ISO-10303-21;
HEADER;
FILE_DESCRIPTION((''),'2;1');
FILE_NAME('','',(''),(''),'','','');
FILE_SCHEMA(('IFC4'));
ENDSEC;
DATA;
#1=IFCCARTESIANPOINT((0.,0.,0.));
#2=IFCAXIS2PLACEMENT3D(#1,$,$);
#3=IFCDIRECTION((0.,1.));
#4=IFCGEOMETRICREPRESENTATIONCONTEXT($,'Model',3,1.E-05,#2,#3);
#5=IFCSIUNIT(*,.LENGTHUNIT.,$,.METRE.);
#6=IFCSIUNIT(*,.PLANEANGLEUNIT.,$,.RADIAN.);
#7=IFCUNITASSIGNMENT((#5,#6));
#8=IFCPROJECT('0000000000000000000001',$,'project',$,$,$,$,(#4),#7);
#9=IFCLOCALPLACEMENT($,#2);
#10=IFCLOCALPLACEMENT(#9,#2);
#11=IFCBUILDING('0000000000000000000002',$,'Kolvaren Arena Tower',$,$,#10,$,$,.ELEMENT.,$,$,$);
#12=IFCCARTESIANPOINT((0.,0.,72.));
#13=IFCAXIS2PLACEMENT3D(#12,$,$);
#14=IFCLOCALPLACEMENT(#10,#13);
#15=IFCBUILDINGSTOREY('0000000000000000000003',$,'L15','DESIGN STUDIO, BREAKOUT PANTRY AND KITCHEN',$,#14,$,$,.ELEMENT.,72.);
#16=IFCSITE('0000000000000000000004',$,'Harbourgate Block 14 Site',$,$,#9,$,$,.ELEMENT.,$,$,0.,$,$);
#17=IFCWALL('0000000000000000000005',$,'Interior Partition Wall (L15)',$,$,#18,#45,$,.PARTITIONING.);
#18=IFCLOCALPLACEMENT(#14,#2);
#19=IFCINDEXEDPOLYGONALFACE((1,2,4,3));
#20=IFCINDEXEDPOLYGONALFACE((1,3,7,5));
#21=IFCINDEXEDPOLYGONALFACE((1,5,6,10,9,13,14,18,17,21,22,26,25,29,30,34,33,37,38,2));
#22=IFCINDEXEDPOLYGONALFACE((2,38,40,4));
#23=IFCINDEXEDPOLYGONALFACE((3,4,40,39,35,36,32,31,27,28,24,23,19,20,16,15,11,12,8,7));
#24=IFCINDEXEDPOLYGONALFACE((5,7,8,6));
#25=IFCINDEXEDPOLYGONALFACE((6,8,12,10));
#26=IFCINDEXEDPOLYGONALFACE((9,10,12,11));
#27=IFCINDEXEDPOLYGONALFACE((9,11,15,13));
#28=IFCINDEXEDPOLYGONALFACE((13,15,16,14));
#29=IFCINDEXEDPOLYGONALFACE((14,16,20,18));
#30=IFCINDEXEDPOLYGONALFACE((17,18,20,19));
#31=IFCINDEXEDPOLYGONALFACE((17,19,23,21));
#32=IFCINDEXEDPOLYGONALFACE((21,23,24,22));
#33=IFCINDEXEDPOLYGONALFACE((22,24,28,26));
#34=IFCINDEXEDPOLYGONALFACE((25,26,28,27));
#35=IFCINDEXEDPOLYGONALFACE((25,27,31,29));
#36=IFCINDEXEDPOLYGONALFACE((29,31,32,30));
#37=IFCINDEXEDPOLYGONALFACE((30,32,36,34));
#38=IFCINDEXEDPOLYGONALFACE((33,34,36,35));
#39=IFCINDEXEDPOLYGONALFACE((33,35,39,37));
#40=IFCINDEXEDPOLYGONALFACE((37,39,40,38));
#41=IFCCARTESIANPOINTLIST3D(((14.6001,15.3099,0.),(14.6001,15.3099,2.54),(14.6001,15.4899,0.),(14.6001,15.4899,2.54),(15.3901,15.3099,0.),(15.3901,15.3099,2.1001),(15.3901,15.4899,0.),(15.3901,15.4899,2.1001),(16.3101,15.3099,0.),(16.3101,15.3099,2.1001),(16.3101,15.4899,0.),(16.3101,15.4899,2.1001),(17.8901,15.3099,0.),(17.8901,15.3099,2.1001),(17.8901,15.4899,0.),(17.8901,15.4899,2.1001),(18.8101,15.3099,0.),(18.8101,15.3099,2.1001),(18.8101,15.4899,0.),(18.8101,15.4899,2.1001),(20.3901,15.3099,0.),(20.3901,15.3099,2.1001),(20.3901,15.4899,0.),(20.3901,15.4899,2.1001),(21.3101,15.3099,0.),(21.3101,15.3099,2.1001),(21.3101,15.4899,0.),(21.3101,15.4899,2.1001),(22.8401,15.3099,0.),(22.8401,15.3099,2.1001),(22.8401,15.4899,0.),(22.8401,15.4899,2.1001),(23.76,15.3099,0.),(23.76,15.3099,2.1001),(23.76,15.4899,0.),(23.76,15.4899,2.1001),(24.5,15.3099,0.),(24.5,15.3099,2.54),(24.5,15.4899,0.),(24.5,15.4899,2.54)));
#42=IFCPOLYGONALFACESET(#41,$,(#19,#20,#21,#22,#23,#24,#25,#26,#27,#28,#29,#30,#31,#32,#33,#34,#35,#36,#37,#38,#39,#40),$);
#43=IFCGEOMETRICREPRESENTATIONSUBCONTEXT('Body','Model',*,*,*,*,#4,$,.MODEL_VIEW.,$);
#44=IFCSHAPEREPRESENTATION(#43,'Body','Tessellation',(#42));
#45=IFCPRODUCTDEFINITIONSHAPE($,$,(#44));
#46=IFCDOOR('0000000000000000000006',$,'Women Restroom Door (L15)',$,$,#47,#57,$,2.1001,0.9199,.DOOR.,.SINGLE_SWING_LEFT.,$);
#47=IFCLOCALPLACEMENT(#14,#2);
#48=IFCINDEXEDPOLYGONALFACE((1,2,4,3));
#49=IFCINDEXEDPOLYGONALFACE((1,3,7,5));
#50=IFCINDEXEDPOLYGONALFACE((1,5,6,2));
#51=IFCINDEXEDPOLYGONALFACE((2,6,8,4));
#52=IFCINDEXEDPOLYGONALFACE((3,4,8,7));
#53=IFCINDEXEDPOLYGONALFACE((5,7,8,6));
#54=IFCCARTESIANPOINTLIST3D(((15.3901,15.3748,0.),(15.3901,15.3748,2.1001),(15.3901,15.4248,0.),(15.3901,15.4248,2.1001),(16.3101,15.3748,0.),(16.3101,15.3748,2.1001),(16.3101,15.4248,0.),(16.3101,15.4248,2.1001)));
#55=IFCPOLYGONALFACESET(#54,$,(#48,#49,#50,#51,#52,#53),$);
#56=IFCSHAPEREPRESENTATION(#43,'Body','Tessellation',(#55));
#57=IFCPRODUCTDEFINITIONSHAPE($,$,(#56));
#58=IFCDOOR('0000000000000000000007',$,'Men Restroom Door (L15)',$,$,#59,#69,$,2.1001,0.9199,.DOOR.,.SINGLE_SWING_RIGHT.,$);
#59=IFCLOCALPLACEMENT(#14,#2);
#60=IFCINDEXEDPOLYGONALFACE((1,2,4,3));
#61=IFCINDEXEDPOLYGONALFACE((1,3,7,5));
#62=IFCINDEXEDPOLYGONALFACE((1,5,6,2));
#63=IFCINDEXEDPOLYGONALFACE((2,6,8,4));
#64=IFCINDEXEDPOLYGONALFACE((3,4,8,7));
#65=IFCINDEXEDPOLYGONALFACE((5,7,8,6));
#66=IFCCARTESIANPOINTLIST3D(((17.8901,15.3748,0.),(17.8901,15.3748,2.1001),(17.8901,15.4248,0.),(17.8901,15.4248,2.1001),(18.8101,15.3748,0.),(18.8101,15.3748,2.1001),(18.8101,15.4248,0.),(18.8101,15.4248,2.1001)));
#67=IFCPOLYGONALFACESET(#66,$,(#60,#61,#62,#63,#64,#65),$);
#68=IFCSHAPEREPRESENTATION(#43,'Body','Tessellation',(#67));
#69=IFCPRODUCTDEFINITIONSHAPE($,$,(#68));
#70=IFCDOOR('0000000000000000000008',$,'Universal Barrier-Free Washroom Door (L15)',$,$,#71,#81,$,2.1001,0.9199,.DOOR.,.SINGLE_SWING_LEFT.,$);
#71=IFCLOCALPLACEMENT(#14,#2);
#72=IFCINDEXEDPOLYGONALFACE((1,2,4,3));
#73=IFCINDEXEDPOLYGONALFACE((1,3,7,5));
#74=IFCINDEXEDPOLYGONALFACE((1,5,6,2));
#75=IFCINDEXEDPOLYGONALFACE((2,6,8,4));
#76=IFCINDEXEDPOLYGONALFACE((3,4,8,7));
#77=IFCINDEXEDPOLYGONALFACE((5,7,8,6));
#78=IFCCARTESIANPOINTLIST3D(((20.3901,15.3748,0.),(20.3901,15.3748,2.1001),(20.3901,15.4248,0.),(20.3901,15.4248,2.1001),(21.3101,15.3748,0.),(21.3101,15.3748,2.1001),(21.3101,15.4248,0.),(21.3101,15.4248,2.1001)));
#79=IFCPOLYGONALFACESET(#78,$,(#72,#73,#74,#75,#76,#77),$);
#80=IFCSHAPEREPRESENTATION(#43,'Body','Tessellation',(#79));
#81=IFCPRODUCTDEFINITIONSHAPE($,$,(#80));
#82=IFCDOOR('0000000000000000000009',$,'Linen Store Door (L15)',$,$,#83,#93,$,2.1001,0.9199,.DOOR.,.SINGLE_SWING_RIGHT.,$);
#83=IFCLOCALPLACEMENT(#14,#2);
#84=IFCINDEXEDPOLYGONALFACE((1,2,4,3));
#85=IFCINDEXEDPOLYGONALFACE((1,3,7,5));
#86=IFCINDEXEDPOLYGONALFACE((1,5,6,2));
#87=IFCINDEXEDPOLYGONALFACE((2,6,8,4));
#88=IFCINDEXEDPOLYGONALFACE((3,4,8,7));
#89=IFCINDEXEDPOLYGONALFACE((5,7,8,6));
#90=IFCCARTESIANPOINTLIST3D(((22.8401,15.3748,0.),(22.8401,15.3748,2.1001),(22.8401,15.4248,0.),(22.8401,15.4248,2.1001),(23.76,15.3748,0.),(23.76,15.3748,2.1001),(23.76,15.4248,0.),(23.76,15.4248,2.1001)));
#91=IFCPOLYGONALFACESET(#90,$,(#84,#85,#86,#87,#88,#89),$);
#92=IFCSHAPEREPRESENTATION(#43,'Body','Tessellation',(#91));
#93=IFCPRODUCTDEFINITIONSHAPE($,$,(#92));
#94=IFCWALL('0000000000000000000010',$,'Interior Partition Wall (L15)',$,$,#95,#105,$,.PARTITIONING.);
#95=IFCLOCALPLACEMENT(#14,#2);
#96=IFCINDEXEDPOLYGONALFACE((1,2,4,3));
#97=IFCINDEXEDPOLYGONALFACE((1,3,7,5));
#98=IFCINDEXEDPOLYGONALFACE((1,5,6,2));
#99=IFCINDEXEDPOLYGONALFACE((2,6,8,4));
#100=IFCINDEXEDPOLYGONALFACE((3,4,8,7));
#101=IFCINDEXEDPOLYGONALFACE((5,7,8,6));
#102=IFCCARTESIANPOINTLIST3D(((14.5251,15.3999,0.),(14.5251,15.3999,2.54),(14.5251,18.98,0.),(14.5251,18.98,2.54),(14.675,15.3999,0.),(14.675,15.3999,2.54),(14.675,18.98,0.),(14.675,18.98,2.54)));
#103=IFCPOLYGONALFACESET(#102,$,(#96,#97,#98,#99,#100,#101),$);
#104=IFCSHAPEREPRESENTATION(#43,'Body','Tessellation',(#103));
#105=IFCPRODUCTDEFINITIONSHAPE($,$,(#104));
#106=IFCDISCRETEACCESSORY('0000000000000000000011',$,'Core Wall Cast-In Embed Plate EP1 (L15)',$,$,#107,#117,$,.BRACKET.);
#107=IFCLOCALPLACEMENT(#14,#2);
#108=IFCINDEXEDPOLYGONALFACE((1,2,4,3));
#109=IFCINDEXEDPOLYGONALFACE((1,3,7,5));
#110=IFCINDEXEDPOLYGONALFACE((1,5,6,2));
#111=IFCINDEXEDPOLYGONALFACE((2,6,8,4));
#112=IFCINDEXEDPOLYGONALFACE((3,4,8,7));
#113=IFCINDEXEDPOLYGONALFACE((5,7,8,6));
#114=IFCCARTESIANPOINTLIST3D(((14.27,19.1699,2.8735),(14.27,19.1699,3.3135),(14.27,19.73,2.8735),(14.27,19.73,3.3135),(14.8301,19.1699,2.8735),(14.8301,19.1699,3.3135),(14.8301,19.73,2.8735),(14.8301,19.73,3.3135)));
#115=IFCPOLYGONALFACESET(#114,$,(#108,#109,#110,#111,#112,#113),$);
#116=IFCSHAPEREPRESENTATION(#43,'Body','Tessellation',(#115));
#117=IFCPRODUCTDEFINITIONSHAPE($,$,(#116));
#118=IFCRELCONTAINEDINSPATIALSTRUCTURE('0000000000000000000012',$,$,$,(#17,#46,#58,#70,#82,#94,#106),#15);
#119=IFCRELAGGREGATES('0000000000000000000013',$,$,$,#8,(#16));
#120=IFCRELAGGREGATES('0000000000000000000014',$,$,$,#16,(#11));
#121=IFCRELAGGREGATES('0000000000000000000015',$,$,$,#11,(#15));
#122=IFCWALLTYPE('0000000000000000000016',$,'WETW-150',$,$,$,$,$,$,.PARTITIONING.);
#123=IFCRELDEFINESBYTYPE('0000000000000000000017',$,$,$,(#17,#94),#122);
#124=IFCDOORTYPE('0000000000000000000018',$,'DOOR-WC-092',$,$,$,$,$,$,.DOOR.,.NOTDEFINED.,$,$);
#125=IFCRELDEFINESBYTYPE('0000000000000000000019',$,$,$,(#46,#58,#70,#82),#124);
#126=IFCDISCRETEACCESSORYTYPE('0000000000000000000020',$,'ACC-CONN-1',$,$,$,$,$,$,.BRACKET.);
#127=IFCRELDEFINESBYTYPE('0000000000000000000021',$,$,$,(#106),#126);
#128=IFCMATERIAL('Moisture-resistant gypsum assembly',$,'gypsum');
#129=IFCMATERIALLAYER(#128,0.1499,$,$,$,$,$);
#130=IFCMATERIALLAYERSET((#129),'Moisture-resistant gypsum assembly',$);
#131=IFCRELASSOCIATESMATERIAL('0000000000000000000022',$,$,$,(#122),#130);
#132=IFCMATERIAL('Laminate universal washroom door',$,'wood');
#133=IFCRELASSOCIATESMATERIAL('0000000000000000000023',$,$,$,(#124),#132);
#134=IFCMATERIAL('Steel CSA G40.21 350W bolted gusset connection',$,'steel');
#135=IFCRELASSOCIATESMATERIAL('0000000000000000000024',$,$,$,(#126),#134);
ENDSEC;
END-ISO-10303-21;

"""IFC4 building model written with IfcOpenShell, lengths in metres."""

from ifc_helpers import new_model, si_unit, direction, frame, frame_2d, origin, origin_2d, place, context, subcontext, project, spatial, rectangle, extrude, material, layer, layer_set, type_object, element, fill, save


model = new_model("IFC4")

# Units and contexts
model_context = context("Model", 3, precision=1e-05, world=origin(), true_north=direction((0.0, 1.0)))
body_context = subcontext(model_context, "Body", "Model", "MODEL_VIEW")
ifc_project = project(units=[si_unit("LENGTHUNIT", "METRE"), si_unit("PLANEANGLEUNIT", "RADIAN")], contexts=[model_context])

# Site, building, storey
site_placement = place(None, origin())
site = spatial("IfcSite", under=ifc_project, at=site_placement, Name="Harbourgate Block 14 Site", CompositionType="ELEMENT", RefElevation=0.0)
building_placement = place(site_placement, origin())
building = spatial("IfcBuilding", under=site, at=building_placement, Name="Kolvaren Arena Tower", CompositionType="ELEMENT")
storey_placement = place(building_placement, frame((0.0, 0.0, 72.0)))
storey = spatial("IfcBuildingStorey", under=building, at=storey_placement, Name="L15", Description="DESIGN STUDIO, BREAKOUT PANTRY AND KITCHEN", CompositionType="ELEMENT", Elevation=72.0)

# Wall, openings, doors
ifc_material_1 = material(Name="Moisture-resistant gypsum assembly", Category="gypsum")
ifc_layer_1 = layer(ifc_material_1, 0.1499)
ifc_layer_set_1 = layer_set([ifc_layer_1], Name="Moisture-resistant gypsum assembly")
wall_type_1 = type_object("IfcWallType", Name="WETW-150", PredefinedType="PARTITIONING", material=ifc_layer_set_1)
wall_1_placement = place(storey_placement, frame((14.6001, 15.3999, 0.0), z_axis=(0.0, 0.0, 1.0), x_axis=(1.0, 0.0, 0.0)))
wall_1 = element("IfcWall", 1, at=wall_1_placement, inside=storey, type_object=wall_type_1, Name="Interior Partition Wall (L15)", PredefinedType="PARTITIONING", context=body_context, shape_type="SweptSolid", body=[
    extrude(rectangle(XDim=9.8999, YDim=0.1799, at=frame_2d((4.95, 0.0))), origin(), (0.0, 0.0, 1.0), 2.54),
])
opening_1_placement = place(wall_1_placement, frame((0.79, 0.0, 0.0)))
opening_1 = element("IfcOpeningElement", 2, at=opening_1_placement, cuts=wall_1, PredefinedType="OPENING", context=body_context, shape_type="SweptSolid", body=[
    extrude(rectangle(XDim=0.9199, YDim=2.1001, at=frame_2d((0.46, 1.05))), frame((0.0, 0.0999, 0.0), z_axis=(0.0, -1.0, 0.0), x_axis=(1.0, 0.0, 0.0)), (0.0, 0.0, 1.0), 0.2),
])
opening_2_placement = place(wall_1_placement, frame((3.29, 0.0, 0.0)))
opening_2 = element("IfcOpeningElement", 3, at=opening_2_placement, cuts=wall_1, PredefinedType="OPENING", context=body_context, shape_type="SweptSolid", body=[
    extrude(rectangle(XDim=0.9199, YDim=2.1001, at=frame_2d((0.46, 1.05))), frame((0.0, 0.0999, 0.0), z_axis=(0.0, -1.0, 0.0), x_axis=(1.0, 0.0, 0.0)), (0.0, 0.0, 1.0), 0.2),
])
opening_3_placement = place(wall_1_placement, frame((5.79, 0.0, 0.0)))
opening_3 = element("IfcOpeningElement", 4, at=opening_3_placement, cuts=wall_1, PredefinedType="OPENING", context=body_context, shape_type="SweptSolid", body=[
    extrude(rectangle(XDim=0.9199, YDim=2.1001, at=frame_2d((0.46, 1.05))), frame((0.0, 0.0999, 0.0), z_axis=(0.0, -1.0, 0.0), x_axis=(1.0, 0.0, 0.0)), (0.0, 0.0, 1.0), 0.2),
])
opening_4_placement = place(wall_1_placement, frame((8.24, 0.0, 0.0)))
opening_4 = element("IfcOpeningElement", 5, at=opening_4_placement, cuts=wall_1, PredefinedType="OPENING", context=body_context, shape_type="SweptSolid", body=[
    extrude(rectangle(XDim=0.9199, YDim=2.1001, at=frame_2d((0.46, 1.05))), frame((0.0, 0.0999, 0.0), z_axis=(0.0, -1.0, 0.0), x_axis=(1.0, 0.0, 0.0)), (0.0, 0.0, 1.0), 0.2),
])
ifc_material_2 = material(Name="Laminate universal washroom door", Category="wood")
door_type = type_object("IfcDoorType", Name="DOOR-WC-092", OperationType="NOTDEFINED", PredefinedType="DOOR", material=ifc_material_2)
door_1_placement = place(opening_1_placement, origin())
door_1 = element("IfcDoor", 6, at=door_1_placement, inside=storey, type_object=door_type, Name="Women Restroom Door (L15)", OperationType="SINGLE_SWING_LEFT", OverallHeight=2.1001, OverallWidth=0.9199, PredefinedType="DOOR", context=body_context, shape_type="SweptSolid", body=[
    extrude(rectangle(XDim=0.9199, YDim=2.1001, at=frame_2d((0.46, 1.05))), frame((0.0, 0.0249, 0.0), z_axis=(0.0, -1.0, 0.0), x_axis=(1.0, 0.0, 0.0)), (0.0, 0.0, 1.0), 0.05),
])
fill(opening_1, door_1)
door_2_placement = place(opening_2_placement, origin())
door_2 = element("IfcDoor", 7, at=door_2_placement, inside=storey, type_object=door_type, Name="Men Restroom Door (L15)", OperationType="SINGLE_SWING_RIGHT", OverallHeight=2.1001, OverallWidth=0.9199, PredefinedType="DOOR", context=body_context, shape_type="SweptSolid", body=[
    extrude(rectangle(XDim=0.9199, YDim=2.1001, at=frame_2d((0.46, 1.05))), frame((0.0, 0.0249, 0.0), z_axis=(0.0, -1.0, 0.0), x_axis=(1.0, 0.0, 0.0)), (0.0, 0.0, 1.0), 0.05),
])
fill(opening_2, door_2)
door_3_placement = place(opening_3_placement, origin())
door_3 = element("IfcDoor", 8, at=door_3_placement, inside=storey, type_object=door_type, Name="Universal Barrier-Free Washroom Door (L15)", OperationType="SINGLE_SWING_LEFT", OverallHeight=2.1001, OverallWidth=0.9199, PredefinedType="DOOR", context=body_context, shape_type="SweptSolid", body=[
    extrude(rectangle(XDim=0.9199, YDim=2.1001, at=frame_2d((0.46, 1.05))), frame((0.0, 0.0249, 0.0), z_axis=(0.0, -1.0, 0.0), x_axis=(1.0, 0.0, 0.0)), (0.0, 0.0, 1.0), 0.05),
])
fill(opening_3, door_3)
door_4_placement = place(opening_4_placement, origin())
door_4 = element("IfcDoor", 9, at=door_4_placement, inside=storey, type_object=door_type, Name="Linen Store Door (L15)", OperationType="SINGLE_SWING_RIGHT", OverallHeight=2.1001, OverallWidth=0.9199, PredefinedType="DOOR", context=body_context, shape_type="SweptSolid", body=[
    extrude(rectangle(XDim=0.9199, YDim=2.1001, at=frame_2d((0.46, 1.05))), frame((0.0, 0.0249, 0.0), z_axis=(0.0, -1.0, 0.0), x_axis=(1.0, 0.0, 0.0)), (0.0, 0.0, 1.0), 0.05),
])
fill(opening_4, door_4)

# Wall
wall_2_placement = place(storey_placement, frame((14.6001, 15.3999, 0.0), z_axis=(0.0, 0.0, 1.0), x_axis=(0.0, 1.0, 0.0)))
element("IfcWall", 10, at=wall_2_placement, inside=storey, type_object=wall_type_1, Name="Interior Partition Wall (L15)", PredefinedType="PARTITIONING", context=body_context, shape_type="SweptSolid", body=[
    extrude(rectangle(XDim=3.5801, YDim=0.1499, at=frame_2d((1.79, 0.0))), origin(), (0.0, 0.0, 1.0), 2.54),
])

# Discrete accessory
ifc_material_3 = material(Name="Steel CSA G40.21 350W bolted gusset connection", Category="steel")
discrete_accessory_type = type_object("IfcDiscreteAccessoryType", Name="ACC-CONN-1", PredefinedType="BRACKET", material=ifc_material_3)
discrete_accessory_placement = place(storey_placement, frame((14.55, 19.45, 2.8735), z_axis=(0.0, 0.0, 1.0), x_axis=(1.0, 0.0, 0.0)))
element("IfcDiscreteAccessory", 11, at=discrete_accessory_placement, inside=storey, type_object=discrete_accessory_type, Name="Core Wall Cast-In Embed Plate EP1 (L15)", PredefinedType="BRACKET", context=body_context, shape_type="SweptSolid", body=[
    extrude(rectangle(XDim=0.5601, YDim=0.5601, at=origin_2d()), origin(), (0.0, 0.0, 1.0), 0.4399),
])

save(model, "model.ifc")
